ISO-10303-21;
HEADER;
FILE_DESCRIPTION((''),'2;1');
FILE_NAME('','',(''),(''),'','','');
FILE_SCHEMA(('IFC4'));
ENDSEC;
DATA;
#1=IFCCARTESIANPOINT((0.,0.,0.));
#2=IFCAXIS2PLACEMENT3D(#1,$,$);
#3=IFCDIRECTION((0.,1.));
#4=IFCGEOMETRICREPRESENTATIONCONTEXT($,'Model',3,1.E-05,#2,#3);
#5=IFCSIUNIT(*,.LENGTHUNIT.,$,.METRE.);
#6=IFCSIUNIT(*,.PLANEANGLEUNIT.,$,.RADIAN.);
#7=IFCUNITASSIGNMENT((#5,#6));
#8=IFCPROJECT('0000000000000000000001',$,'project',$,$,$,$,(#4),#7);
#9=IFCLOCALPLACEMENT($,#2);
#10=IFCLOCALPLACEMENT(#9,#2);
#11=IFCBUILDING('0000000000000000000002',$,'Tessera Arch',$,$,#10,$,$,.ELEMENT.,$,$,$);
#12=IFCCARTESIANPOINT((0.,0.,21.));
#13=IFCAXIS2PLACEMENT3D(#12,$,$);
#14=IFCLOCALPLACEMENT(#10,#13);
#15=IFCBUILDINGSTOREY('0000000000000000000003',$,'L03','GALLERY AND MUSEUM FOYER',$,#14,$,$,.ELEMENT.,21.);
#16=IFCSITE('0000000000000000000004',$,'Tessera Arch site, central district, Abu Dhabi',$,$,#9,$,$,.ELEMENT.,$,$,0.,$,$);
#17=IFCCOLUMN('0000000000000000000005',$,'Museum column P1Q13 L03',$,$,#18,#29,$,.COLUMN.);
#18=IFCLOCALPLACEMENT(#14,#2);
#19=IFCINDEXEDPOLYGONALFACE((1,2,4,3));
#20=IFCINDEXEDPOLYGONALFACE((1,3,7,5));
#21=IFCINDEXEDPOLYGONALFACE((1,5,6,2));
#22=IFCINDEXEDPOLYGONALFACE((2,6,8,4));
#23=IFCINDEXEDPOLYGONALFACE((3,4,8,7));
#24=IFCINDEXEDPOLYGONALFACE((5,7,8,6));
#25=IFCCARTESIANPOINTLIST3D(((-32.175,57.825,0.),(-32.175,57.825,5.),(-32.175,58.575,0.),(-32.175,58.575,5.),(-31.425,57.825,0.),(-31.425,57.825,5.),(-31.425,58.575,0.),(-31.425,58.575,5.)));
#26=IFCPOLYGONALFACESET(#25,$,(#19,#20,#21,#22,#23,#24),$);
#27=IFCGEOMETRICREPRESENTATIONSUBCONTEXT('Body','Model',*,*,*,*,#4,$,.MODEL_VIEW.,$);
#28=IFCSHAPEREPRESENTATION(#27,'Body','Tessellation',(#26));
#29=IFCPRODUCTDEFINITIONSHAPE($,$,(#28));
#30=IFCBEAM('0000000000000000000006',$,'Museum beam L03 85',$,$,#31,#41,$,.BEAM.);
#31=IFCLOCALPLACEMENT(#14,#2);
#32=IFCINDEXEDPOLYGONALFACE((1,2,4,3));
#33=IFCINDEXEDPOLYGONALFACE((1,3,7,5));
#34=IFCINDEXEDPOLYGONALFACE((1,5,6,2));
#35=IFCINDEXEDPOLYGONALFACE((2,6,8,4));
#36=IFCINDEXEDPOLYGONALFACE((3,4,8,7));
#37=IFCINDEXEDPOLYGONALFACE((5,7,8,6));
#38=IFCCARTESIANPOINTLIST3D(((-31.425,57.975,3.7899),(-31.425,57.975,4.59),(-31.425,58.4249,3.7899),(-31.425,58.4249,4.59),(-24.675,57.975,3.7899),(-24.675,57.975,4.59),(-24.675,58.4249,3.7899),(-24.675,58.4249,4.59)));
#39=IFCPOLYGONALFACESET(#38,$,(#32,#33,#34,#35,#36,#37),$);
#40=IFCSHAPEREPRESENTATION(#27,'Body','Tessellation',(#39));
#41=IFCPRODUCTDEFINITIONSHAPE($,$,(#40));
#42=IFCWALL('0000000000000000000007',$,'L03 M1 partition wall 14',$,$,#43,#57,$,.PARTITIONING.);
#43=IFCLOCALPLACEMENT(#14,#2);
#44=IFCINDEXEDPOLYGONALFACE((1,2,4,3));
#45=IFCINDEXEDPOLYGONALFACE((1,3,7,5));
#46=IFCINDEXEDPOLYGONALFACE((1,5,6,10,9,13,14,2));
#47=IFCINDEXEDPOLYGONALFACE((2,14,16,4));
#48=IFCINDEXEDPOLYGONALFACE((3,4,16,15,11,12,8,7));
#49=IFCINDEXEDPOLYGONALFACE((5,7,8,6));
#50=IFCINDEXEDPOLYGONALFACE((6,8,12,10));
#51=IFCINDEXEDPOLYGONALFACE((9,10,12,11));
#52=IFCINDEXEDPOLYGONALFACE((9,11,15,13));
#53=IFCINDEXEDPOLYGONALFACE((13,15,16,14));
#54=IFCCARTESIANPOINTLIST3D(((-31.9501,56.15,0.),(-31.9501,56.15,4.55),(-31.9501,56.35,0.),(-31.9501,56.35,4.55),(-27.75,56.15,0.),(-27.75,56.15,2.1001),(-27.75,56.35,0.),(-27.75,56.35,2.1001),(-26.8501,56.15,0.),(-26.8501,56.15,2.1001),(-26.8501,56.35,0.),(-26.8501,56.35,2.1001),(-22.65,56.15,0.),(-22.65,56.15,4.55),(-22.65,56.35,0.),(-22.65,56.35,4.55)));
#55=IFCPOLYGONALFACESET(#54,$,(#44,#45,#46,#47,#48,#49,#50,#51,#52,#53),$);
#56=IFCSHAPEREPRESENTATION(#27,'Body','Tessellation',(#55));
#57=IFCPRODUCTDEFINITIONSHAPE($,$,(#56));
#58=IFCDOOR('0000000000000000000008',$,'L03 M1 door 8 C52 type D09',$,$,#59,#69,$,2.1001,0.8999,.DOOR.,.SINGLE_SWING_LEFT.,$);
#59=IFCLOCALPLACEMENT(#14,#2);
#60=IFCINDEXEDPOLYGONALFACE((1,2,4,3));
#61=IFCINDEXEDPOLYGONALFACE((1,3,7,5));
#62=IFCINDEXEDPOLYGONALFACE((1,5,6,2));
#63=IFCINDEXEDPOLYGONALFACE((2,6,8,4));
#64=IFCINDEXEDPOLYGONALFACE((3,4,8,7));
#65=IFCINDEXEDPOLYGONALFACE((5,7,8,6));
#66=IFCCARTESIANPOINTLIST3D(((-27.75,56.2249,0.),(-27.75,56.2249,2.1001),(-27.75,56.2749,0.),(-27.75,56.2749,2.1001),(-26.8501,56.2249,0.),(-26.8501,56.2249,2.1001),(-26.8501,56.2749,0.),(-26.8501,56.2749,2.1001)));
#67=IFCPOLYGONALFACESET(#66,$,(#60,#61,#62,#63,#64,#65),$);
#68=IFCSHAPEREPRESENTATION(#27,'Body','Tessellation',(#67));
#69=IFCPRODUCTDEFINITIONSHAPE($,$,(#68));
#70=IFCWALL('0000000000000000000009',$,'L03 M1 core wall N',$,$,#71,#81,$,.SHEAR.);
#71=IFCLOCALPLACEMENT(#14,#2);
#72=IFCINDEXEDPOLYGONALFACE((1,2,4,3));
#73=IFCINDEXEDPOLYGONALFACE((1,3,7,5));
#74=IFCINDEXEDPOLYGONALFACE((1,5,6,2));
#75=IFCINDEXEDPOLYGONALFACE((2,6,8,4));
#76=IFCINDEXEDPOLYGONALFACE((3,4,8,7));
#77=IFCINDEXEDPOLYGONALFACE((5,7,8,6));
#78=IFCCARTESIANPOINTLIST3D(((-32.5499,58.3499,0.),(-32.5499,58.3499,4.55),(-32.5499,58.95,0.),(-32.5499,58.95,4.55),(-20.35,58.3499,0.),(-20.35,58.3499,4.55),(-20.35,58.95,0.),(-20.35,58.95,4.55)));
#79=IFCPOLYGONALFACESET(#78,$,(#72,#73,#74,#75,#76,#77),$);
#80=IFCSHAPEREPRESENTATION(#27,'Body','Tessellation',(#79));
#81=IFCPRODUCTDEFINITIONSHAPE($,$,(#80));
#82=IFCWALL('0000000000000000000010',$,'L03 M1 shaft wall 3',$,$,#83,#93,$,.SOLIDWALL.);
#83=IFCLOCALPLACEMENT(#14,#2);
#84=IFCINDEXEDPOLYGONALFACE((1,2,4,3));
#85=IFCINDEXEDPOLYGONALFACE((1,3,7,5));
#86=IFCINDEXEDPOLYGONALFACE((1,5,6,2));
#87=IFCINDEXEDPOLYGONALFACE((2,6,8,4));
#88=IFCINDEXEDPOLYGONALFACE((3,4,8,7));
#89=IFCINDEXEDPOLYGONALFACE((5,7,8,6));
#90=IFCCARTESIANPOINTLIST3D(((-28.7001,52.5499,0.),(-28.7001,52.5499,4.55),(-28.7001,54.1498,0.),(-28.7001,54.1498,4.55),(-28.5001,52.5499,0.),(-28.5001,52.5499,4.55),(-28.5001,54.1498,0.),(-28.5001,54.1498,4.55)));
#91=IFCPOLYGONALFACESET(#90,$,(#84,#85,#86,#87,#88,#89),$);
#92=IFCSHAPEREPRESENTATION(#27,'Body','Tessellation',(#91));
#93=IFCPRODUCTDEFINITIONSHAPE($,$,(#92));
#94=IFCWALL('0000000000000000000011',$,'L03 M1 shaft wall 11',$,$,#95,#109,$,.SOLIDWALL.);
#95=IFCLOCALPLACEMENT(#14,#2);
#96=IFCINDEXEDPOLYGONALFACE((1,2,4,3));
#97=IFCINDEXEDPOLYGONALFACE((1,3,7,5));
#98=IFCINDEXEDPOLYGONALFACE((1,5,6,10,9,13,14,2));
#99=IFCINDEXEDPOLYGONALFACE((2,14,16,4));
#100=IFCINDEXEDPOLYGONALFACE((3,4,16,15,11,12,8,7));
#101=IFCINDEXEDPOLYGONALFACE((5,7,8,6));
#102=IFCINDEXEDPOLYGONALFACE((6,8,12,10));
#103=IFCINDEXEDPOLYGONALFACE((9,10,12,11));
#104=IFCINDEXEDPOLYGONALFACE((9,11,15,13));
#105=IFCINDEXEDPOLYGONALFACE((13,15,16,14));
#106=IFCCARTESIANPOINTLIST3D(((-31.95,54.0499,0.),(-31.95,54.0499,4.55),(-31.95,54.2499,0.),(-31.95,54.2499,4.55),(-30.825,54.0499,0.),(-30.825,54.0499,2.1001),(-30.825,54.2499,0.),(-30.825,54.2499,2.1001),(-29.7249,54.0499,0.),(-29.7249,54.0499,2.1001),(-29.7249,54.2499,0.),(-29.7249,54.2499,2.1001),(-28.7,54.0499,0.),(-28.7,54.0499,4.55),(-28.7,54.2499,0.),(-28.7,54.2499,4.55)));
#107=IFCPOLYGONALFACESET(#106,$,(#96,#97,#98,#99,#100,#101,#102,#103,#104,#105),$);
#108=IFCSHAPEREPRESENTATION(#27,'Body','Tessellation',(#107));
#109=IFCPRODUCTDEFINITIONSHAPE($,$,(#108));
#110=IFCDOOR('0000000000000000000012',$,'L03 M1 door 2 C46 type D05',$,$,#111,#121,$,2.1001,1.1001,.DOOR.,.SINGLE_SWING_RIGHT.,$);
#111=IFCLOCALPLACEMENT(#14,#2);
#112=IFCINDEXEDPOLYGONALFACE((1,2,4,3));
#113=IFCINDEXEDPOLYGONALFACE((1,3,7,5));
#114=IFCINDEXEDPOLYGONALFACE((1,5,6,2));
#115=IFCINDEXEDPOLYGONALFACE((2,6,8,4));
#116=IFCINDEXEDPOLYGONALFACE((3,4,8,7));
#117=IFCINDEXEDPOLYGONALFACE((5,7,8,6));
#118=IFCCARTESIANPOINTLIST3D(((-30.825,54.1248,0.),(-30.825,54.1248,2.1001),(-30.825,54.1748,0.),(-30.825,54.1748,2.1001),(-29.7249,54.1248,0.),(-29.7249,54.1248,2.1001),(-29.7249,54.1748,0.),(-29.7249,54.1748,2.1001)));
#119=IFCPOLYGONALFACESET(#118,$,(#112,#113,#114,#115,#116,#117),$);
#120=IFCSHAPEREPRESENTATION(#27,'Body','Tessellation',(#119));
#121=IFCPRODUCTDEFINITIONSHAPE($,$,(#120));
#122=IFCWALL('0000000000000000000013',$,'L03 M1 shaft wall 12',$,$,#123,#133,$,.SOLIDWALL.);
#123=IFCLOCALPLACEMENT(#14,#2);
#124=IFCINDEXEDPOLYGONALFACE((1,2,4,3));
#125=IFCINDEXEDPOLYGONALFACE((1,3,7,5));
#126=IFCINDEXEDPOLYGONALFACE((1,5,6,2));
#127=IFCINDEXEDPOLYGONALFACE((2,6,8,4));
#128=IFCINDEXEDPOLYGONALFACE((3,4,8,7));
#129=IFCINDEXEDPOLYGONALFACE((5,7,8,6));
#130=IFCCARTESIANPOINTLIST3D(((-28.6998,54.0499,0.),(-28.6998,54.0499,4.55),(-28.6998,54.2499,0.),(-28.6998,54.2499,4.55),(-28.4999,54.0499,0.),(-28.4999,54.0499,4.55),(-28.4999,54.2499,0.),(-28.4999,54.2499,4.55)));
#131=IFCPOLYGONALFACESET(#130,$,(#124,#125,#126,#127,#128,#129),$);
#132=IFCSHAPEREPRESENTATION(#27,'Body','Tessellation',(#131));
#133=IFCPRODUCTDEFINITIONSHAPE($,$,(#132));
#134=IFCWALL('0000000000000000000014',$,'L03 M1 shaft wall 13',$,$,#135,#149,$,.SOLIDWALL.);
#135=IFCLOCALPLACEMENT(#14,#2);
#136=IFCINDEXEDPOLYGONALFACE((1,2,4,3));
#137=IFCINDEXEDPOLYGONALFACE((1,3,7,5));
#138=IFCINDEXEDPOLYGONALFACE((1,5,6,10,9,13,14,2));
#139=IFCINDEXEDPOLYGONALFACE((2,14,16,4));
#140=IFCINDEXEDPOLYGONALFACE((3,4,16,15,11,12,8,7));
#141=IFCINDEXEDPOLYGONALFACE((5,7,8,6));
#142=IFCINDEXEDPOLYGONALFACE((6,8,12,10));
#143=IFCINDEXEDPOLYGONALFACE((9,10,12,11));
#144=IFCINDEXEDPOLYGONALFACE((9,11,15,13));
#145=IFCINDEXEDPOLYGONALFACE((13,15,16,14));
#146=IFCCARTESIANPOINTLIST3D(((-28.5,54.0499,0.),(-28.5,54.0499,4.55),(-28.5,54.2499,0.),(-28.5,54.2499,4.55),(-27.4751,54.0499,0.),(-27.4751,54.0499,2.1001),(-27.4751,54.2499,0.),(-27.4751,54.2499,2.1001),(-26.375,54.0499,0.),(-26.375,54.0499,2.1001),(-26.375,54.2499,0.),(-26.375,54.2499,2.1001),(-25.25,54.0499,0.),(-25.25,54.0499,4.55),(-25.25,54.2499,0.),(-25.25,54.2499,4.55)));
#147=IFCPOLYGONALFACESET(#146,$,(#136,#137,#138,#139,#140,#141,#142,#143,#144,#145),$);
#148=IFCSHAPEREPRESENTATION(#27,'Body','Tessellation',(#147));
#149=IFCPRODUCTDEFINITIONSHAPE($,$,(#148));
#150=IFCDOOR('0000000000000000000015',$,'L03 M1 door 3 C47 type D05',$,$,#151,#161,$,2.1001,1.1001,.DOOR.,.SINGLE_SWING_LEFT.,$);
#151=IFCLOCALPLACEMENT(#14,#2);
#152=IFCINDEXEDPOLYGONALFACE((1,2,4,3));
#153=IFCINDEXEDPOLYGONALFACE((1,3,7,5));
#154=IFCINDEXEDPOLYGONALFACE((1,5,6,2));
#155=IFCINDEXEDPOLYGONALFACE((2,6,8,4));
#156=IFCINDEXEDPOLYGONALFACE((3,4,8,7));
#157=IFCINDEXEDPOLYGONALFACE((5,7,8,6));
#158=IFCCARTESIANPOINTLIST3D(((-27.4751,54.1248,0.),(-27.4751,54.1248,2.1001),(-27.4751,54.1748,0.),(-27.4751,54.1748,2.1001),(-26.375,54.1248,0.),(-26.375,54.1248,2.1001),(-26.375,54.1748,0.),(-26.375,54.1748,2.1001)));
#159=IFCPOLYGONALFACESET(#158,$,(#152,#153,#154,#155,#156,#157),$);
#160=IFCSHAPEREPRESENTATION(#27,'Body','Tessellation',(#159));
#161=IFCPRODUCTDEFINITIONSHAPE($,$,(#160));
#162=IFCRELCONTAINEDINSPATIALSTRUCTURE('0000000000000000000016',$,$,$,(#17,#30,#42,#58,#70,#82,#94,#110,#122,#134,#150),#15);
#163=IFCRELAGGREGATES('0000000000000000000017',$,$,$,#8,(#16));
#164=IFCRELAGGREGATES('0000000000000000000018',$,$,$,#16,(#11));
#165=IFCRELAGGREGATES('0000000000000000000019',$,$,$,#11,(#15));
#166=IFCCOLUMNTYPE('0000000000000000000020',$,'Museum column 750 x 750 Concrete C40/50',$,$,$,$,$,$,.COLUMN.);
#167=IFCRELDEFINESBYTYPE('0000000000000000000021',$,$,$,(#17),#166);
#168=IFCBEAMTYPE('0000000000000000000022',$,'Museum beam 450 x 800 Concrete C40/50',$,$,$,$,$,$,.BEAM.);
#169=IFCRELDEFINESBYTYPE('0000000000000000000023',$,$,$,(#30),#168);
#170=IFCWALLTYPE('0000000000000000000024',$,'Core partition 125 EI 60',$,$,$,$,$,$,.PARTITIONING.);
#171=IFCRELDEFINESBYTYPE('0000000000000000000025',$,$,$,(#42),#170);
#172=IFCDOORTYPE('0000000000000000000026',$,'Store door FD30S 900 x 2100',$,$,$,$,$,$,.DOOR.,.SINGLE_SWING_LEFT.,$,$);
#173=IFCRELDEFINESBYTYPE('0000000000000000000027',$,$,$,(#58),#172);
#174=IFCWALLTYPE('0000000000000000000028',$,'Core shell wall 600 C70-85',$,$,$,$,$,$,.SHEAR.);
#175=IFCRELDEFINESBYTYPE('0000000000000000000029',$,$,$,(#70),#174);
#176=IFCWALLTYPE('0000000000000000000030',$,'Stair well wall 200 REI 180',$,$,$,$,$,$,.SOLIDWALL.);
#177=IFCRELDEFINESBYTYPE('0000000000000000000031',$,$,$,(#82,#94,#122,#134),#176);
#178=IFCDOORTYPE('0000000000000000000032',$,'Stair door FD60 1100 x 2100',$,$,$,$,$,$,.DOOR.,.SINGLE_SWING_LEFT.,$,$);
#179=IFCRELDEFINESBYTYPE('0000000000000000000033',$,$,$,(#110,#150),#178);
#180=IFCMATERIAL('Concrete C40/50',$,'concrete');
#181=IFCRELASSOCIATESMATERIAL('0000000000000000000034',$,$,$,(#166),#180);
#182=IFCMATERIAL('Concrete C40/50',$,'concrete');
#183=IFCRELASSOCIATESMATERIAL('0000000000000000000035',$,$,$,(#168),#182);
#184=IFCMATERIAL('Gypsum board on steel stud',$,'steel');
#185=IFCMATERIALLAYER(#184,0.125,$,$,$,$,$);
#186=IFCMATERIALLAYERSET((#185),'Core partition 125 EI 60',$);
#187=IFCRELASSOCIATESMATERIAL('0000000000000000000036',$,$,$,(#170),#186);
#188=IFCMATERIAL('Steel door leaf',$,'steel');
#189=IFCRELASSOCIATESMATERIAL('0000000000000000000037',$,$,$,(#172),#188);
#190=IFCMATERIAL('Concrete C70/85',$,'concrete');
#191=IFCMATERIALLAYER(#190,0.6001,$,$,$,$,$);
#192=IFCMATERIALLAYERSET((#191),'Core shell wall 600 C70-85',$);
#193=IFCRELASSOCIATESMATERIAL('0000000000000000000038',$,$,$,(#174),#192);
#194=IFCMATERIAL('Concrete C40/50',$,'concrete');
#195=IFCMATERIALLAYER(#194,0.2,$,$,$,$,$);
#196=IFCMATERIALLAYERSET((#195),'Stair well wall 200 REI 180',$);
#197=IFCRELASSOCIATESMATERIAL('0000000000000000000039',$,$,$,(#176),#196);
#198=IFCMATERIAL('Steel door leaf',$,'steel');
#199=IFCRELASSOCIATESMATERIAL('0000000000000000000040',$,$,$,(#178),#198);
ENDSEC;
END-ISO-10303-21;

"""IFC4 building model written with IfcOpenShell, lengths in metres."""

from ifc_helpers import new_model, si_unit, direction, frame, frame_2d, origin, origin_2d, place, context, subcontext, project, spatial, rectangle, extrude, material, layer, layer_set, material_profile, profile_set, type_object, element, fill, save


model = new_model("IFC4")

# Units and contexts
model_context = context("Model", 3, precision=1e-05, world=origin(), true_north=direction((0.0, 1.0)))
body_context = subcontext(model_context, "Body", "Model", "MODEL_VIEW")
ifc_project = project(units=[si_unit("LENGTHUNIT", "METRE"), si_unit("PLANEANGLEUNIT", "RADIAN")], contexts=[model_context])

# Site, building, storey
site_placement = place(None, origin())
site = spatial("IfcSite", under=ifc_project, at=site_placement, Name="Tessera Arch site, central district, Abu Dhabi", CompositionType="ELEMENT", RefElevation=0.0)
building_placement = place(site_placement, origin())
building = spatial("IfcBuilding", under=site, at=building_placement, Name="Tessera Arch", CompositionType="ELEMENT")
storey_placement = place(building_placement, frame((0.0, 0.0, 21.0)))
storey = spatial("IfcBuildingStorey", under=building, at=storey_placement, Name="L03", Description="GALLERY AND MUSEUM FOYER", CompositionType="ELEMENT", Elevation=21.0)

# Column
ifc_material_1 = material(Name="Concrete C40/50", Category="concrete")
ifc_material_profile_1 = material_profile(ifc_material_1, rectangle(XDim=0.75, YDim=0.75, at=origin_2d()), Name="Museum column 750 x 750 Concrete C40/50")
ifc_profile_set_1 = profile_set([ifc_material_profile_1], Name="Concrete C40/50")
column_type = type_object("IfcColumnType", Name="Museum column 750 x 750 Concrete C40/50", PredefinedType="COLUMN", material=ifc_profile_set_1)
column_placement = place(storey_placement, frame((-31.8, 58.2, 0.0), z_axis=(0.0, 0.0, 1.0), x_axis=(1.0, 0.0, 0.0)))
element("IfcColumn", 1, at=column_placement, inside=storey, type_object=column_type, Name="Museum column P1Q13 L03", PredefinedType="COLUMN", context=body_context, shape_type="SweptSolid", body=[
    extrude(rectangle(XDim=0.75, YDim=0.75, at=origin_2d()), origin(), (0.0, 0.0, 1.0), 5.0),
])

# Beam
ifc_material_2 = material(Name="Concrete C40/50", Category="concrete")
ifc_material_profile_2 = material_profile(ifc_material_2, rectangle(XDim=0.45, YDim=0.8, at=origin_2d()), Name="Museum beam 450 x 800 Concrete C40/50")
ifc_profile_set_2 = profile_set([ifc_material_profile_2], Name="Concrete C40/50")
beam_type = type_object("IfcBeamType", Name="Museum beam 450 x 800 Concrete C40/50", PredefinedType="BEAM", material=ifc_profile_set_2)
beam_placement = place(storey_placement, frame((-31.425, 58.2, 4.1899), z_axis=(1.0, 0.0, 0.0), x_axis=(0.0, 1.0, 0.0)))
element("IfcBeam", 2, at=beam_placement, inside=storey, type_object=beam_type, Name="Museum beam L03 85", PredefinedType="BEAM", context=body_context, shape_type="SweptSolid", body=[
    extrude(rectangle(XDim=0.45, YDim=0.8, at=origin_2d()), origin(), (0.0, 0.0, 1.0), 6.75),
])

# Wall, opening, door
ifc_material_3 = material(Name="Gypsum board on steel stud", Category="steel")
ifc_layer_1 = layer(ifc_material_3, 0.125)
ifc_layer_set_1 = layer_set([ifc_layer_1], Name="Core partition 125 EI 60")
wall_type_1 = type_object("IfcWallType", Name="Core partition 125 EI 60", PredefinedType="PARTITIONING", material=ifc_layer_set_1)
wall_1_placement = place(storey_placement, frame((-31.95, 56.25, 0.0), z_axis=(0.0, 0.0, 1.0), x_axis=(1.0, 0.0, 0.0)))
wall_1 = element("IfcWall", 3, at=wall_1_placement, inside=storey, type_object=wall_type_1, Name="L03 M1 partition wall 14", PredefinedType="PARTITIONING", context=body_context, shape_type="SweptSolid", body=[
    extrude(rectangle(XDim=9.3, YDim=0.2, at=frame_2d((4.6499, 0.0))), origin(), (0.0, 0.0, 1.0), 4.55),
])
opening_1_placement = place(wall_1_placement, frame((4.2, 0.0, 0.0)))
opening_1 = element("IfcOpeningElement", 4, at=opening_1_placement, cuts=wall_1, PredefinedType="OPENING", context=body_context, shape_type="SweptSolid", body=[
    extrude(rectangle(XDim=0.8999, YDim=2.1001, at=frame_2d((0.45, 1.05))), frame((0.0, 0.1099, 0.0), z_axis=(0.0, -1.0, 0.0), x_axis=(1.0, 0.0, 0.0)), (0.0, 0.0, 1.0), 0.22),
])
ifc_material_4 = material(Name="Steel door leaf", Category="steel")
door_type_1 = type_object("IfcDoorType", Name="Store door FD30S 900 x 2100", OperationType="SINGLE_SWING_LEFT", PredefinedType="DOOR", material=ifc_material_4)
door_1_placement = place(opening_1_placement, origin())
door_1 = element("IfcDoor", 5, at=door_1_placement, inside=storey, type_object=door_type_1, Name="L03 M1 door 8 C52 type D09", OperationType="SINGLE_SWING_LEFT", OverallHeight=2.1001, OverallWidth=0.8999, PredefinedType="DOOR", context=body_context, shape_type="SweptSolid", body=[
    extrude(rectangle(XDim=0.8999, YDim=2.1001, at=frame_2d((0.45, 1.05))), frame((0.0, 0.0249, 0.0), z_axis=(0.0, -1.0, 0.0), x_axis=(1.0, 0.0, 0.0)), (0.0, 0.0, 1.0), 0.05),
])
fill(opening_1, door_1)

# Walls
ifc_material_5 = material(Name="Concrete C70/85", Category="concrete")
ifc_layer_2 = layer(ifc_material_5, 0.6001)
ifc_layer_set_2 = layer_set([ifc_layer_2], Name="Core shell wall 600 C70-85")
wall_type_2 = type_object("IfcWallType", Name="Core shell wall 600 C70-85", PredefinedType="SHEAR", material=ifc_layer_set_2)
wall_2_placement = place(storey_placement, frame((-32.55, 58.6499, 0.0), z_axis=(0.0, 0.0, 1.0), x_axis=(1.0, 0.0, 0.0)))
element("IfcWall", 6, at=wall_2_placement, inside=storey, type_object=wall_type_2, Name="L03 M1 core wall N", PredefinedType="SHEAR", context=body_context, shape_type="SweptSolid", body=[
    extrude(rectangle(XDim=12.2, YDim=0.6001, at=frame_2d((6.1001, 0.0))), origin(), (0.0, 0.0, 1.0), 4.55),
])
ifc_material_6 = material(Name="Concrete C40/50", Category="concrete")
ifc_layer_3 = layer(ifc_material_6, 0.2)
ifc_layer_set_3 = layer_set([ifc_layer_3], Name="Stair well wall 200 REI 180")
wall_type_3 = type_object("IfcWallType", Name="Stair well wall 200 REI 180", PredefinedType="SOLIDWALL", material=ifc_layer_set_3)
wall_3_placement = place(storey_placement, frame((-28.6001, 52.55, 0.0), z_axis=(0.0, 0.0, 1.0), x_axis=(0.0, 1.0, 0.0)))
element("IfcWall", 7, at=wall_3_placement, inside=storey, type_object=wall_type_3, Name="L03 M1 shaft wall 3", PredefinedType="SOLIDWALL", context=body_context, shape_type="SweptSolid", body=[
    extrude(rectangle(XDim=1.5999, YDim=0.2, at=frame_2d((0.7998, 0.0))), origin(), (0.0, 0.0, 1.0), 4.55),
])

# Wall, opening, door
wall_4_placement = place(storey_placement, frame((-31.95, 54.1499, 0.0), z_axis=(0.0, 0.0, 1.0), x_axis=(1.0, 0.0, 0.0)))
wall_4 = element("IfcWall", 8, at=wall_4_placement, inside=storey, type_object=wall_type_3, Name="L03 M1 shaft wall 11", PredefinedType="SOLIDWALL", context=body_context, shape_type="SweptSolid", body=[
    extrude(rectangle(XDim=3.25, YDim=0.2, at=frame_2d((1.625, 0.0))), origin(), (0.0, 0.0, 1.0), 4.55),
])
opening_2_placement = place(wall_4_placement, frame((1.125, 0.0, 0.0)))
opening_2 = element("IfcOpeningElement", 9, at=opening_2_placement, cuts=wall_4, PredefinedType="OPENING", context=body_context, shape_type="SweptSolid", body=[
    extrude(rectangle(XDim=1.1001, YDim=2.1001, at=frame_2d((0.55, 1.05))), frame((0.0, 0.1099, 0.0), z_axis=(0.0, -1.0, 0.0), x_axis=(1.0, 0.0, 0.0)), (0.0, 0.0, 1.0), 0.22),
])
ifc_material_7 = material(Name="Steel door leaf", Category="steel")
door_type_2 = type_object("IfcDoorType", Name="Stair door FD60 1100 x 2100", OperationType="SINGLE_SWING_LEFT", PredefinedType="DOOR", material=ifc_material_7)
door_2_placement = place(opening_2_placement, origin())
door_2 = element("IfcDoor", 10, at=door_2_placement, inside=storey, type_object=door_type_2, Name="L03 M1 door 2 C46 type D05", OperationType="SINGLE_SWING_RIGHT", OverallHeight=2.1001, OverallWidth=1.1001, PredefinedType="DOOR", context=body_context, shape_type="SweptSolid", body=[
    extrude(rectangle(XDim=1.1001, YDim=2.1001, at=frame_2d((0.55, 1.05))), frame((0.0, 0.0249, 0.0), z_axis=(0.0, -1.0, 0.0), x_axis=(1.0, 0.0, 0.0)), (0.0, 0.0, 1.0), 0.05),
])
fill(opening_2, door_2)

# Wall
wall_5_placement = place(storey_placement, frame((-28.7, 54.1499, 0.0), z_axis=(0.0, 0.0, 1.0), x_axis=(1.0, 0.0, 0.0)))
element("IfcWall", 11, at=wall_5_placement, inside=storey, type_object=wall_type_3, Name="L03 M1 shaft wall 12", PredefinedType="SOLIDWALL", context=body_context, shape_type="SweptSolid", body=[
    extrude(rectangle(XDim=0.2, YDim=0.2, at=frame_2d((0.1001, 0.0))), origin(), (0.0, 0.0, 1.0), 4.55),
])

# Wall, opening, door
wall_6_placement = place(storey_placement, frame((-28.5, 54.1499, 0.0), z_axis=(0.0, 0.0, 1.0), x_axis=(1.0, 0.0, 0.0)))
wall_6 = element("IfcWall", 12, at=wall_6_placement, inside=storey, type_object=wall_type_3, Name="L03 M1 shaft wall 13", PredefinedType="SOLIDWALL", context=body_context, shape_type="SweptSolid", body=[
    extrude(rectangle(XDim=3.25, YDim=0.2, at=frame_2d((1.625, 0.0))), origin(), (0.0, 0.0, 1.0), 4.55),
])
opening_3_placement = place(wall_6_placement, frame((1.0249, 0.0, 0.0)))
opening_3 = element("IfcOpeningElement", 13, at=opening_3_placement, cuts=wall_6, PredefinedType="OPENING", context=body_context, shape_type="SweptSolid", body=[
    extrude(rectangle(XDim=1.1001, YDim=2.1001, at=frame_2d((0.55, 1.05))), frame((0.0, 0.1099, 0.0), z_axis=(0.0, -1.0, 0.0), x_axis=(1.0, 0.0, 0.0)), (0.0, 0.0, 1.0), 0.22),
])
door_3_placement = place(opening_3_placement, origin())
door_3 = element("IfcDoor", 14, at=door_3_placement, inside=storey, type_object=door_type_2, Name="L03 M1 door 3 C47 type D05", OperationType="SINGLE_SWING_LEFT", OverallHeight=2.1001, OverallWidth=1.1001, PredefinedType="DOOR", context=body_context, shape_type="SweptSolid", body=[
    extrude(rectangle(XDim=1.1001, YDim=2.1001, at=frame_2d((0.55, 1.05))), frame((0.0, 0.0249, 0.0), z_axis=(0.0, -1.0, 0.0), x_axis=(1.0, 0.0, 0.0)), (0.0, 0.0, 1.0), 0.05),
])
fill(opening_3, door_3)

save(model, "model.ifc")
